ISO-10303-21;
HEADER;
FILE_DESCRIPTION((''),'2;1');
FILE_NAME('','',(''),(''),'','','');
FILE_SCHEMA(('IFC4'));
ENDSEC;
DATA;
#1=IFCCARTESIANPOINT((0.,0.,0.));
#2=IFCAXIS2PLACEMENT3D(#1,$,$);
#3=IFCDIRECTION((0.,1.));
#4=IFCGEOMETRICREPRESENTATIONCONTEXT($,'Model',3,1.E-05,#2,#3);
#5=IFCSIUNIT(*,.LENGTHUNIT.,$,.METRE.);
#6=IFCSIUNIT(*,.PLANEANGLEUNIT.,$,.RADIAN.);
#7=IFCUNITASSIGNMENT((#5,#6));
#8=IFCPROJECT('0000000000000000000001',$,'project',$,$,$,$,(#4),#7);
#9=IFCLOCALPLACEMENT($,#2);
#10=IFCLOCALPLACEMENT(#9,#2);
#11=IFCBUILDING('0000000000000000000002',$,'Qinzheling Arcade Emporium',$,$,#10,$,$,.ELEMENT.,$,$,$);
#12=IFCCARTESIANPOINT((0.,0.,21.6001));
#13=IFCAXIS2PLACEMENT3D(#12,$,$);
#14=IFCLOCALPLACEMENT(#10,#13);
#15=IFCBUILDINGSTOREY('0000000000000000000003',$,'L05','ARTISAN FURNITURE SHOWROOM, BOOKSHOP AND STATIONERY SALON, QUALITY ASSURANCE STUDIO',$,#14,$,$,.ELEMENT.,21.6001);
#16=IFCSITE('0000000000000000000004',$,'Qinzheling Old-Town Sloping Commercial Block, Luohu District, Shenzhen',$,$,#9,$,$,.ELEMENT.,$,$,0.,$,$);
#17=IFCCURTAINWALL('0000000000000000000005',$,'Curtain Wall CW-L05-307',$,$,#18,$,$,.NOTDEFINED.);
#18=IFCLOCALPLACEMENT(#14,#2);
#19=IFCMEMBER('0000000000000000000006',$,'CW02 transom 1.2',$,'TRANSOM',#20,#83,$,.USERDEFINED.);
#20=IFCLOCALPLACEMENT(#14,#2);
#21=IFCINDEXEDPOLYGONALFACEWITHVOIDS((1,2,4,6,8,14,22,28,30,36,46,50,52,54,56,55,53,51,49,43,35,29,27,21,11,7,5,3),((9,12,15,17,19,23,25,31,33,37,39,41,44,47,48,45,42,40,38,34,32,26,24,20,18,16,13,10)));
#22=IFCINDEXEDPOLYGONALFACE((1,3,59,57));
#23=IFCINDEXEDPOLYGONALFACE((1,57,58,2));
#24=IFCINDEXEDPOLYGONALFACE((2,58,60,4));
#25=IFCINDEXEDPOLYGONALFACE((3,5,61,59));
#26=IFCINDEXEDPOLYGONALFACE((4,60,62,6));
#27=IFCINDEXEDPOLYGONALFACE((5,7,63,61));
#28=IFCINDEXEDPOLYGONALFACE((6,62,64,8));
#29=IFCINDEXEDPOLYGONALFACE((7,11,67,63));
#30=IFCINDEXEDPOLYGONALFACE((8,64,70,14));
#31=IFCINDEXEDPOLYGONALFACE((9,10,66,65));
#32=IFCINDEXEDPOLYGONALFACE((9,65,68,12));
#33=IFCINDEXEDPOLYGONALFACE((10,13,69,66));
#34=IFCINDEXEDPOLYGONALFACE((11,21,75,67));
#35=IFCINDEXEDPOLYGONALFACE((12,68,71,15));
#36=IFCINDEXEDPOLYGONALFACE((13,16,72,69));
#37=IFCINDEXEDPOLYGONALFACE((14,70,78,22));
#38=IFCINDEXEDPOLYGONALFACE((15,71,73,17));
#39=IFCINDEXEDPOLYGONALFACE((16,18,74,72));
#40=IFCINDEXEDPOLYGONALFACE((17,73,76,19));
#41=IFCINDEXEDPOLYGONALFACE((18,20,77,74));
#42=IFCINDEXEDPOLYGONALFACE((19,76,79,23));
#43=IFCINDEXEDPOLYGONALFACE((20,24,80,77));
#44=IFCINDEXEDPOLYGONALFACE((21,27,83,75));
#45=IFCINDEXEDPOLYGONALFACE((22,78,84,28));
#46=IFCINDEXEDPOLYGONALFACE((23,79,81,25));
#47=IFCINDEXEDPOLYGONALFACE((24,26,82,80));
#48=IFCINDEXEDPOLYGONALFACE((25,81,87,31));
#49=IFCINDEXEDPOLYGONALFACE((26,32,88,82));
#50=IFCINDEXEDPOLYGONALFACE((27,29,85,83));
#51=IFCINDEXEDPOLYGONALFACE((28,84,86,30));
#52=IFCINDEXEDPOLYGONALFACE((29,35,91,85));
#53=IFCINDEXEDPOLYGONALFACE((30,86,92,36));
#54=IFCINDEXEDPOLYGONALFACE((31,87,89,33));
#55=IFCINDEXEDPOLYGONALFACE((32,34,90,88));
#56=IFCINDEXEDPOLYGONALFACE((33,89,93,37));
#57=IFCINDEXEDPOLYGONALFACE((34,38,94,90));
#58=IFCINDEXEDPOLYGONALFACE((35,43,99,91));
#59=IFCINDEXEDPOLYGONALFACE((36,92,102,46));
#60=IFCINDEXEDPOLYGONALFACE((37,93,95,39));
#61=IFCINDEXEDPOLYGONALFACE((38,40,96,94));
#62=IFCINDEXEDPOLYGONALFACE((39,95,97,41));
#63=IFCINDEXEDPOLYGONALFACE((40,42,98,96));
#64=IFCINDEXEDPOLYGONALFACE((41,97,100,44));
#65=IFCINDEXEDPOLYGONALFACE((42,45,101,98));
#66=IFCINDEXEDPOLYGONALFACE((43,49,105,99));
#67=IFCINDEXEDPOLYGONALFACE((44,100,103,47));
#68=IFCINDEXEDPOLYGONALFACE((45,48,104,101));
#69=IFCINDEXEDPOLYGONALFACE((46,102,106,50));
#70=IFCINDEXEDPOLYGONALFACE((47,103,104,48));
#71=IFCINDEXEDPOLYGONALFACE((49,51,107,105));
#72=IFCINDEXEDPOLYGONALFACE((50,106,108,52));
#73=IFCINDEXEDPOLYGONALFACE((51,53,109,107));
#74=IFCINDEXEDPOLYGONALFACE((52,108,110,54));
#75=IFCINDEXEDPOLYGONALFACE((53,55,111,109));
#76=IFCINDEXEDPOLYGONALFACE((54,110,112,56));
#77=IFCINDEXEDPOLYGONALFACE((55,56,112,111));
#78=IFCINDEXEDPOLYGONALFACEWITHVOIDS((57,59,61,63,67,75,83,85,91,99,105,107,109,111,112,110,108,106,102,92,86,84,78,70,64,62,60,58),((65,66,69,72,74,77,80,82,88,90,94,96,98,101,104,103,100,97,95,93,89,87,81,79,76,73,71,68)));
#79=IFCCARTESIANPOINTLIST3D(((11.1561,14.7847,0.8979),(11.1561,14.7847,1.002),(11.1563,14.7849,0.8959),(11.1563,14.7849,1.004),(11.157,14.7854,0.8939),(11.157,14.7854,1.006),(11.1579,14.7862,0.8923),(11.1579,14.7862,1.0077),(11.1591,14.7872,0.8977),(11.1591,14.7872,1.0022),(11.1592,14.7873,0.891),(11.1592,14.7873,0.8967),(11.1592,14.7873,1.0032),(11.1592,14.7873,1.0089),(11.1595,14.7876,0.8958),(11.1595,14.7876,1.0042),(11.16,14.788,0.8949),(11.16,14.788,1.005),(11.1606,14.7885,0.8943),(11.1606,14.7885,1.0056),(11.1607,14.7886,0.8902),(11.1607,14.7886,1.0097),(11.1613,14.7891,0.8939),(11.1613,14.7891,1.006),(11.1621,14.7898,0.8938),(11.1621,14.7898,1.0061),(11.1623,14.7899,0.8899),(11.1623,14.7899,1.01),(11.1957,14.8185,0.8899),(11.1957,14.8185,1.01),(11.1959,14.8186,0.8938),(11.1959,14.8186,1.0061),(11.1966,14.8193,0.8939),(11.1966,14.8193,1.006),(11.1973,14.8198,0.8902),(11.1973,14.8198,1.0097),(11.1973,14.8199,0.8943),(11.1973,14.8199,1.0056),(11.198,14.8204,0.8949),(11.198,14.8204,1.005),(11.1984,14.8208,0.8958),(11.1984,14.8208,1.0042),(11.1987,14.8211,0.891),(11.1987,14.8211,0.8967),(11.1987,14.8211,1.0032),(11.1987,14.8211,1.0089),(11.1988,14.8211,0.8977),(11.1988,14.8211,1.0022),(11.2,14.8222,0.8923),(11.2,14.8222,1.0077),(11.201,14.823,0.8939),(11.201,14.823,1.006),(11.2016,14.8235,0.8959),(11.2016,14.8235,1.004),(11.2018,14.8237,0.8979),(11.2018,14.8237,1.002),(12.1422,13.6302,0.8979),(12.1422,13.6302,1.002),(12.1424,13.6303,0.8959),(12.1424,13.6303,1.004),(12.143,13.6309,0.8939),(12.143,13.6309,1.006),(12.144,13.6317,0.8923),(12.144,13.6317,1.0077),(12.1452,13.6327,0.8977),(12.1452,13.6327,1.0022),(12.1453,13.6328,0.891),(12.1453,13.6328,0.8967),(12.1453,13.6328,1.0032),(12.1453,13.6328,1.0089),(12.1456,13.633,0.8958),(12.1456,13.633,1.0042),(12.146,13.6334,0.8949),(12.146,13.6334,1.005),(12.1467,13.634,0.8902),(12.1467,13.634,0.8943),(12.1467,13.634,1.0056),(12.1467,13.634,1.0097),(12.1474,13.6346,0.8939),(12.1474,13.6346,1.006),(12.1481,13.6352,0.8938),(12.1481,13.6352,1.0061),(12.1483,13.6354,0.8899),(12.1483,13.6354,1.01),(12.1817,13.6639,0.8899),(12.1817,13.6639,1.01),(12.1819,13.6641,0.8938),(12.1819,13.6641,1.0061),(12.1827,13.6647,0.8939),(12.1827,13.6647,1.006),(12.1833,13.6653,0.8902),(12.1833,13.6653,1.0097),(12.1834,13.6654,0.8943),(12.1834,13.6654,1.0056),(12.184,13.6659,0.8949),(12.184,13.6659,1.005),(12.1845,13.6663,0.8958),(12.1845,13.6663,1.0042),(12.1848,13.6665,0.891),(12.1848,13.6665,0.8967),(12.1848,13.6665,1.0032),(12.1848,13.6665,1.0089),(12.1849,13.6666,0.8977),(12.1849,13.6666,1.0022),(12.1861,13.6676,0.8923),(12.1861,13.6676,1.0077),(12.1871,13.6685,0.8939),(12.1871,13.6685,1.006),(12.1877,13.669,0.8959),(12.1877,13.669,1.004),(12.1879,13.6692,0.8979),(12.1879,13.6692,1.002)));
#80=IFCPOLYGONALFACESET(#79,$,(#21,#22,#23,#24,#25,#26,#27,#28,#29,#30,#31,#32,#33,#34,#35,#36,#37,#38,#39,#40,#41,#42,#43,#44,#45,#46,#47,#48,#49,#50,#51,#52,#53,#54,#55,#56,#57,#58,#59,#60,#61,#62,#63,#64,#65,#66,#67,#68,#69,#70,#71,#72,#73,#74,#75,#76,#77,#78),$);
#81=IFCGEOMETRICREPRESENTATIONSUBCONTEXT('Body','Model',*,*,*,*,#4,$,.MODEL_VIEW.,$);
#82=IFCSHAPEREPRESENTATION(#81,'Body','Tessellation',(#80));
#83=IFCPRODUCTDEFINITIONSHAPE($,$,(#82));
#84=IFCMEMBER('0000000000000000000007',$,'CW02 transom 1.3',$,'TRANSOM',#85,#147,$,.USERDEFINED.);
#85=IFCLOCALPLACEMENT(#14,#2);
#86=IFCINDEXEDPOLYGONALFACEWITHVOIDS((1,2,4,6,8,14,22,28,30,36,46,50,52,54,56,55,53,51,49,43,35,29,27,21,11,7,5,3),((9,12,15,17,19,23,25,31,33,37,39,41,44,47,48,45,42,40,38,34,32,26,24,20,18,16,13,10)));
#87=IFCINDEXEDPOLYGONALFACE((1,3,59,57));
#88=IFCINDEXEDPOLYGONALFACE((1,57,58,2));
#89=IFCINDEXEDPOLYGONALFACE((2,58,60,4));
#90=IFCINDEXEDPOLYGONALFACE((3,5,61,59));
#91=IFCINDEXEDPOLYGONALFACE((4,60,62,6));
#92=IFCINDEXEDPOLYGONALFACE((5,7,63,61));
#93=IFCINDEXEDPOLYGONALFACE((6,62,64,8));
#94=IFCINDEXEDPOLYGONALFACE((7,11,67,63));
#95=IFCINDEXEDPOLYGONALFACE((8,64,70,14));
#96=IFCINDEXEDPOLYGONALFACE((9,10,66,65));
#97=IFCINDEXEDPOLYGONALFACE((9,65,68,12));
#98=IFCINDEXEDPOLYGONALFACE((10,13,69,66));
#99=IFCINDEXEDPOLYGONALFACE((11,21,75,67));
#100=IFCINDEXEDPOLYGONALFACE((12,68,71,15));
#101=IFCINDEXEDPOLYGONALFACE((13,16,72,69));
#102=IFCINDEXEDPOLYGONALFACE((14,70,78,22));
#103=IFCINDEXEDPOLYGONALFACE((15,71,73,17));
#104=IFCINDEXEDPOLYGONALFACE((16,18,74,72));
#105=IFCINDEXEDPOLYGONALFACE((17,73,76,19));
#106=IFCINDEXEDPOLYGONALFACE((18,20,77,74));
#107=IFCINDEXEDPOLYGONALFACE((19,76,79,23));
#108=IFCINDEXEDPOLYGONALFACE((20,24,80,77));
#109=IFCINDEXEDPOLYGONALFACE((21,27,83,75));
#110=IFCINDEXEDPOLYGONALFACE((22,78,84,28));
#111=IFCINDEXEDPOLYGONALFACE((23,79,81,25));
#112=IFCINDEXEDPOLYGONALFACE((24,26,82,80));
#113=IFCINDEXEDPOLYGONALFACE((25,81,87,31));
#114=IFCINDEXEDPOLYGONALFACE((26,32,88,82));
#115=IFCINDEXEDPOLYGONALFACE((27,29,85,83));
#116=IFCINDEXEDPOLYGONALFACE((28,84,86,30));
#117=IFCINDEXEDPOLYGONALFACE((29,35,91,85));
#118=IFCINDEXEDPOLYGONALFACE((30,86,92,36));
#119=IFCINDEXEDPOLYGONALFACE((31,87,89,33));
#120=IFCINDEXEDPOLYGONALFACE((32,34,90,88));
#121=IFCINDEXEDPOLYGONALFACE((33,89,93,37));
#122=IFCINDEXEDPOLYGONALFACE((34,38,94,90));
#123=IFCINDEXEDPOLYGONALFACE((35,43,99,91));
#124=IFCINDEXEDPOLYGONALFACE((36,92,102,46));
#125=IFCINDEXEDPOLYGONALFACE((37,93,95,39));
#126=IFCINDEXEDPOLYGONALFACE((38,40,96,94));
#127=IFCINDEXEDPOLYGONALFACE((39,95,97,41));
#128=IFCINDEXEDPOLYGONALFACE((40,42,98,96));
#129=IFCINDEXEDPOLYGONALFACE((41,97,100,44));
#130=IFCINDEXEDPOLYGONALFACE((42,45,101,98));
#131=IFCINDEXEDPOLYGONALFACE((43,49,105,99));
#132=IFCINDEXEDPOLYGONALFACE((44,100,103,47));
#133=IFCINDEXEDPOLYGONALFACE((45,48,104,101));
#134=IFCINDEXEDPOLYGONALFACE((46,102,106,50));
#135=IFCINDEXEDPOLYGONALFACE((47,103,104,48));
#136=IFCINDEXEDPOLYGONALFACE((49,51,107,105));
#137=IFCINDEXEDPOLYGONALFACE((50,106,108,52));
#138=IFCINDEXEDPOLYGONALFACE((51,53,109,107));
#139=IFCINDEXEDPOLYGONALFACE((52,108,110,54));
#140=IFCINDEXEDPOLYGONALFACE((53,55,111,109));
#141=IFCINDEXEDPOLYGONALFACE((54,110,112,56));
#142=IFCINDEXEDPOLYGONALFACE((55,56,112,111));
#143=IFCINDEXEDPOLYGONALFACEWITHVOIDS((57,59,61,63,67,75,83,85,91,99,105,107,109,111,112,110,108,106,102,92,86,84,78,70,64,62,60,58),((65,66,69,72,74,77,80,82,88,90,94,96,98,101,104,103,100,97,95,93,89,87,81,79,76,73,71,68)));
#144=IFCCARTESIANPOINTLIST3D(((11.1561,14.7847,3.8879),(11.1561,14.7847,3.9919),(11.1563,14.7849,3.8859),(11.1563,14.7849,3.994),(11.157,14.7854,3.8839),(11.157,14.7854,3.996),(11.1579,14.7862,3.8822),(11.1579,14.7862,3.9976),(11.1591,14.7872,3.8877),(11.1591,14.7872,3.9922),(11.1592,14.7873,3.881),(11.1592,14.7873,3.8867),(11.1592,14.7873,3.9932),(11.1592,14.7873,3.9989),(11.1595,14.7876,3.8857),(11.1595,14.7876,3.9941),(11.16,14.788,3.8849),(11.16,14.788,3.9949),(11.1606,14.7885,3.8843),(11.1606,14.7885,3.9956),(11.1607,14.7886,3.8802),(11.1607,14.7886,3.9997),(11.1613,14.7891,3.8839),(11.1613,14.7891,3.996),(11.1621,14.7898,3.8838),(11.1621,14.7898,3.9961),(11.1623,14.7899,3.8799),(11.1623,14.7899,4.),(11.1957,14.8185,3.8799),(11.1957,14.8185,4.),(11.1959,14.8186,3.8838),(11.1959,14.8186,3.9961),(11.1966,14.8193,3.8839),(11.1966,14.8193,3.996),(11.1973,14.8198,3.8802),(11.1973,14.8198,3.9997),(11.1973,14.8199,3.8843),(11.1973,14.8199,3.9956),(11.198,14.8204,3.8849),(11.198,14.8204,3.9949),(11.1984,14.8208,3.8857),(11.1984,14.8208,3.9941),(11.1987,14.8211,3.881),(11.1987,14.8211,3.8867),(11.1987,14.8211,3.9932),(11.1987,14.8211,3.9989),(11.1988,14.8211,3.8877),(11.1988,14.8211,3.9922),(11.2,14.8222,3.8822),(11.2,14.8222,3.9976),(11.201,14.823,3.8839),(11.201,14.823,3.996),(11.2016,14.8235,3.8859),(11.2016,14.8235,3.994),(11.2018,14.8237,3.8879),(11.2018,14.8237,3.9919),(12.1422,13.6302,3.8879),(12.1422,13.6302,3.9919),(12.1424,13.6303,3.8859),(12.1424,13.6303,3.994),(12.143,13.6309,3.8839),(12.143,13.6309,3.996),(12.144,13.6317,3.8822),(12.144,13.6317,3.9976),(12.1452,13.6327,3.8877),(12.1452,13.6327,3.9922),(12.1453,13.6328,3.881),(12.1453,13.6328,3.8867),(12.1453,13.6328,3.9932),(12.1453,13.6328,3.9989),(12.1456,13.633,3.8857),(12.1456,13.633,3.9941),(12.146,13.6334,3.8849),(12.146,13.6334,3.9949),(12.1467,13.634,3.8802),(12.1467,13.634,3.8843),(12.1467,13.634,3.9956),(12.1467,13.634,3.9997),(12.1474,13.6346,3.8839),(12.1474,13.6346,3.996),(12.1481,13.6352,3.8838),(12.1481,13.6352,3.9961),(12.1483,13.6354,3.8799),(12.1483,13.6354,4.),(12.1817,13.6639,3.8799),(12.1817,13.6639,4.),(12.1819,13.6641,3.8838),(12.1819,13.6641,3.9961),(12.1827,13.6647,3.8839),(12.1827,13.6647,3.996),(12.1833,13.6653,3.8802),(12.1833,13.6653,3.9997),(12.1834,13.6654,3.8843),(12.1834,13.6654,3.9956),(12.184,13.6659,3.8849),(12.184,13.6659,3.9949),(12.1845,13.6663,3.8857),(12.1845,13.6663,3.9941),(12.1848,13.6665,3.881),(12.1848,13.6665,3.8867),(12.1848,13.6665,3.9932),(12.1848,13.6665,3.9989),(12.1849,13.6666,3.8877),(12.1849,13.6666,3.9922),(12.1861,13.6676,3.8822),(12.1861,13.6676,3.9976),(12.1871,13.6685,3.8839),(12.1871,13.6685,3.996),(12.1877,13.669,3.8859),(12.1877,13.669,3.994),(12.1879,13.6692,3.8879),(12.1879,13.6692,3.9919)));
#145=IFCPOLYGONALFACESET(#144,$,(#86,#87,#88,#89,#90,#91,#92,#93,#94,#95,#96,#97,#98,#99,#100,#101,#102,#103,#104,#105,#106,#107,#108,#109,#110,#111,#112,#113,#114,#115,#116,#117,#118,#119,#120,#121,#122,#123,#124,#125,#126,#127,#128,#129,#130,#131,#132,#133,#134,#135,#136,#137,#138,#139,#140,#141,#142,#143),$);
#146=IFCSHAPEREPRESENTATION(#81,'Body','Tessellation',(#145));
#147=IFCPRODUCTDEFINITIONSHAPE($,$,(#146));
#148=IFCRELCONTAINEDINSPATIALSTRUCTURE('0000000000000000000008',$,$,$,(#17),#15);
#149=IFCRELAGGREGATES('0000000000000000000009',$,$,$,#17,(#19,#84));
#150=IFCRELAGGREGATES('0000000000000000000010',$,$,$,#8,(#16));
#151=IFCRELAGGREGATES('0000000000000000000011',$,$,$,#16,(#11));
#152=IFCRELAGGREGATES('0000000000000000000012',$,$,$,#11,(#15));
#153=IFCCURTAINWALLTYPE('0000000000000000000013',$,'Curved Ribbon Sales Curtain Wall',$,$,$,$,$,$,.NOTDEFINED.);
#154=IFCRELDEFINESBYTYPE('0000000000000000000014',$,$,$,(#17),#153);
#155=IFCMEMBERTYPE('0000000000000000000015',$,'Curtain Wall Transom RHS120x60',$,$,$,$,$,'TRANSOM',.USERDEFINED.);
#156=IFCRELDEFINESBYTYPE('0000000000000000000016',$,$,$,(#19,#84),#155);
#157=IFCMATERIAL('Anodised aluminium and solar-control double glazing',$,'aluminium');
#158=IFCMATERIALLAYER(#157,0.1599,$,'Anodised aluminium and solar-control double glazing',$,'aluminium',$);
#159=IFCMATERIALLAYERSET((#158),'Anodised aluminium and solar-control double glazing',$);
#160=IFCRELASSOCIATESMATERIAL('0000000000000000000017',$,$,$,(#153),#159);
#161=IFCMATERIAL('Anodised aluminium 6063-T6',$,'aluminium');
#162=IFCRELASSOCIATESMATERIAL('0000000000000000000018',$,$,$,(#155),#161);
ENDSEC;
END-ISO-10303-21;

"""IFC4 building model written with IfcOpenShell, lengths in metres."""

from ifc_helpers import new_model, si_unit, direction, frame, origin, origin_2d, place, context, subcontext, project, spatial, hollow_rectangle, extrude, material, layer, layer_set, material_profile, profile_set, type_object, element, aggregate, save


model = new_model("IFC4")

# Units and contexts
model_context = context("Model", 3, precision=1e-05, world=origin(), true_north=direction((0.0, 1.0)))
body_context = subcontext(model_context, "Body", "Model", "MODEL_VIEW")
ifc_project = project(units=[si_unit("LENGTHUNIT", "METRE"), si_unit("PLANEANGLEUNIT", "RADIAN")], contexts=[model_context])

# Site, building, storey
site_placement = place(None, origin())
site = spatial("IfcSite", under=ifc_project, at=site_placement, Name="Qinzheling Old-Town Sloping Commercial Block, Luohu District, Shenzhen", CompositionType="ELEMENT", RefElevation=0.0)
building_placement = place(site_placement, origin())
building = spatial("IfcBuilding", under=site, at=building_placement, Name="Qinzheling Arcade Emporium", CompositionType="ELEMENT")
storey_placement = place(building_placement, frame((0.0, 0.0, 21.6001)))
storey = spatial("IfcBuildingStorey", under=building, at=storey_placement, Name="L05", Description="ARTISAN FURNITURE SHOWROOM, BOOKSHOP AND STATIONERY SALON, QUALITY ASSURANCE STUDIO", CompositionType="ELEMENT", Elevation=21.6001)

# Curtain wall
ifc_material_1 = material(Name="Anodised aluminium and solar-control double glazing", Category="aluminium")
ifc_layer_1 = layer(ifc_material_1, 0.1599, Name="Anodised aluminium and solar-control double glazing", Category="aluminium")
ifc_layer_set_1 = layer_set([ifc_layer_1], Name="Anodised aluminium and solar-control double glazing")
curtain_wall_type = type_object("IfcCurtainWallType", Name="Curved Ribbon Sales Curtain Wall", PredefinedType="NOTDEFINED", material=ifc_layer_set_1)
ifc_material_2 = material(Name="Anodised aluminium 6063-T6", Category="aluminium")
curtain_wall_1_placement = place(storey_placement, origin())
curtain_wall_1 = element("IfcCurtainWall", 1, at=curtain_wall_1_placement, inside=storey, type_object=curtain_wall_type, Name="Curtain Wall CW-L05-307", PredefinedType="NOTDEFINED")

# Members
ifc_material_profile_1 = material_profile(ifc_material_2, hollow_rectangle(XDim=0.0601, YDim=0.1201, WallThickness=0.0039, InnerFilletRadius=0.0039, OuterFilletRadius=0.0081, at=origin_2d()), Name="RHS 120x60x4", Category="aluminium")
ifc_profile_set_1 = profile_set([ifc_material_profile_1], Name="Anodised aluminium 6063-T6")
member_type_1 = type_object("IfcMemberType", Name="Curtain Wall Transom RHS120x60", ElementType="TRANSOM", PredefinedType="USERDEFINED", material=ifc_profile_set_1)
member_1_placement = place(storey_placement, frame((12.165, 13.6497, 0.95), z_axis=(-0.649453, 0.760402, 0.0), x_axis=(-0.760402, -0.649453, 0.0)))
member_1 = element("IfcMember", 2, at=member_1_placement, type_object=member_type_1, Name="CW02 transom 1.2", ObjectType="TRANSOM", PredefinedType="USERDEFINED", context=body_context, shape_type="SweptSolid", body=[
    extrude(hollow_rectangle(XDim=0.0601, YDim=0.1201, WallThickness=0.0039, InnerFilletRadius=0.0039, OuterFilletRadius=0.0081, at=origin_2d()), origin(), (0.0, 0.0, 1.0), 1.5183),
])
member_2_placement = place(storey_placement, frame((12.165, 13.6497, 3.9399), z_axis=(-0.649453, 0.760402, 0.0), x_axis=(-0.760402, -0.649453, 0.0)))
member_2 = element("IfcMember", 3, at=member_2_placement, type_object=member_type_1, Name="CW02 transom 1.3", ObjectType="TRANSOM", PredefinedType="USERDEFINED", context=body_context, shape_type="SweptSolid", body=[
    extrude(hollow_rectangle(XDim=0.0601, YDim=0.1201, WallThickness=0.0039, InnerFilletRadius=0.0039, OuterFilletRadius=0.0081, at=origin_2d()), origin(), (0.0, 0.0, 1.0), 1.5183),
])

aggregate(curtain_wall_1, [member_1, member_2])

save(model, "model.ifc")
